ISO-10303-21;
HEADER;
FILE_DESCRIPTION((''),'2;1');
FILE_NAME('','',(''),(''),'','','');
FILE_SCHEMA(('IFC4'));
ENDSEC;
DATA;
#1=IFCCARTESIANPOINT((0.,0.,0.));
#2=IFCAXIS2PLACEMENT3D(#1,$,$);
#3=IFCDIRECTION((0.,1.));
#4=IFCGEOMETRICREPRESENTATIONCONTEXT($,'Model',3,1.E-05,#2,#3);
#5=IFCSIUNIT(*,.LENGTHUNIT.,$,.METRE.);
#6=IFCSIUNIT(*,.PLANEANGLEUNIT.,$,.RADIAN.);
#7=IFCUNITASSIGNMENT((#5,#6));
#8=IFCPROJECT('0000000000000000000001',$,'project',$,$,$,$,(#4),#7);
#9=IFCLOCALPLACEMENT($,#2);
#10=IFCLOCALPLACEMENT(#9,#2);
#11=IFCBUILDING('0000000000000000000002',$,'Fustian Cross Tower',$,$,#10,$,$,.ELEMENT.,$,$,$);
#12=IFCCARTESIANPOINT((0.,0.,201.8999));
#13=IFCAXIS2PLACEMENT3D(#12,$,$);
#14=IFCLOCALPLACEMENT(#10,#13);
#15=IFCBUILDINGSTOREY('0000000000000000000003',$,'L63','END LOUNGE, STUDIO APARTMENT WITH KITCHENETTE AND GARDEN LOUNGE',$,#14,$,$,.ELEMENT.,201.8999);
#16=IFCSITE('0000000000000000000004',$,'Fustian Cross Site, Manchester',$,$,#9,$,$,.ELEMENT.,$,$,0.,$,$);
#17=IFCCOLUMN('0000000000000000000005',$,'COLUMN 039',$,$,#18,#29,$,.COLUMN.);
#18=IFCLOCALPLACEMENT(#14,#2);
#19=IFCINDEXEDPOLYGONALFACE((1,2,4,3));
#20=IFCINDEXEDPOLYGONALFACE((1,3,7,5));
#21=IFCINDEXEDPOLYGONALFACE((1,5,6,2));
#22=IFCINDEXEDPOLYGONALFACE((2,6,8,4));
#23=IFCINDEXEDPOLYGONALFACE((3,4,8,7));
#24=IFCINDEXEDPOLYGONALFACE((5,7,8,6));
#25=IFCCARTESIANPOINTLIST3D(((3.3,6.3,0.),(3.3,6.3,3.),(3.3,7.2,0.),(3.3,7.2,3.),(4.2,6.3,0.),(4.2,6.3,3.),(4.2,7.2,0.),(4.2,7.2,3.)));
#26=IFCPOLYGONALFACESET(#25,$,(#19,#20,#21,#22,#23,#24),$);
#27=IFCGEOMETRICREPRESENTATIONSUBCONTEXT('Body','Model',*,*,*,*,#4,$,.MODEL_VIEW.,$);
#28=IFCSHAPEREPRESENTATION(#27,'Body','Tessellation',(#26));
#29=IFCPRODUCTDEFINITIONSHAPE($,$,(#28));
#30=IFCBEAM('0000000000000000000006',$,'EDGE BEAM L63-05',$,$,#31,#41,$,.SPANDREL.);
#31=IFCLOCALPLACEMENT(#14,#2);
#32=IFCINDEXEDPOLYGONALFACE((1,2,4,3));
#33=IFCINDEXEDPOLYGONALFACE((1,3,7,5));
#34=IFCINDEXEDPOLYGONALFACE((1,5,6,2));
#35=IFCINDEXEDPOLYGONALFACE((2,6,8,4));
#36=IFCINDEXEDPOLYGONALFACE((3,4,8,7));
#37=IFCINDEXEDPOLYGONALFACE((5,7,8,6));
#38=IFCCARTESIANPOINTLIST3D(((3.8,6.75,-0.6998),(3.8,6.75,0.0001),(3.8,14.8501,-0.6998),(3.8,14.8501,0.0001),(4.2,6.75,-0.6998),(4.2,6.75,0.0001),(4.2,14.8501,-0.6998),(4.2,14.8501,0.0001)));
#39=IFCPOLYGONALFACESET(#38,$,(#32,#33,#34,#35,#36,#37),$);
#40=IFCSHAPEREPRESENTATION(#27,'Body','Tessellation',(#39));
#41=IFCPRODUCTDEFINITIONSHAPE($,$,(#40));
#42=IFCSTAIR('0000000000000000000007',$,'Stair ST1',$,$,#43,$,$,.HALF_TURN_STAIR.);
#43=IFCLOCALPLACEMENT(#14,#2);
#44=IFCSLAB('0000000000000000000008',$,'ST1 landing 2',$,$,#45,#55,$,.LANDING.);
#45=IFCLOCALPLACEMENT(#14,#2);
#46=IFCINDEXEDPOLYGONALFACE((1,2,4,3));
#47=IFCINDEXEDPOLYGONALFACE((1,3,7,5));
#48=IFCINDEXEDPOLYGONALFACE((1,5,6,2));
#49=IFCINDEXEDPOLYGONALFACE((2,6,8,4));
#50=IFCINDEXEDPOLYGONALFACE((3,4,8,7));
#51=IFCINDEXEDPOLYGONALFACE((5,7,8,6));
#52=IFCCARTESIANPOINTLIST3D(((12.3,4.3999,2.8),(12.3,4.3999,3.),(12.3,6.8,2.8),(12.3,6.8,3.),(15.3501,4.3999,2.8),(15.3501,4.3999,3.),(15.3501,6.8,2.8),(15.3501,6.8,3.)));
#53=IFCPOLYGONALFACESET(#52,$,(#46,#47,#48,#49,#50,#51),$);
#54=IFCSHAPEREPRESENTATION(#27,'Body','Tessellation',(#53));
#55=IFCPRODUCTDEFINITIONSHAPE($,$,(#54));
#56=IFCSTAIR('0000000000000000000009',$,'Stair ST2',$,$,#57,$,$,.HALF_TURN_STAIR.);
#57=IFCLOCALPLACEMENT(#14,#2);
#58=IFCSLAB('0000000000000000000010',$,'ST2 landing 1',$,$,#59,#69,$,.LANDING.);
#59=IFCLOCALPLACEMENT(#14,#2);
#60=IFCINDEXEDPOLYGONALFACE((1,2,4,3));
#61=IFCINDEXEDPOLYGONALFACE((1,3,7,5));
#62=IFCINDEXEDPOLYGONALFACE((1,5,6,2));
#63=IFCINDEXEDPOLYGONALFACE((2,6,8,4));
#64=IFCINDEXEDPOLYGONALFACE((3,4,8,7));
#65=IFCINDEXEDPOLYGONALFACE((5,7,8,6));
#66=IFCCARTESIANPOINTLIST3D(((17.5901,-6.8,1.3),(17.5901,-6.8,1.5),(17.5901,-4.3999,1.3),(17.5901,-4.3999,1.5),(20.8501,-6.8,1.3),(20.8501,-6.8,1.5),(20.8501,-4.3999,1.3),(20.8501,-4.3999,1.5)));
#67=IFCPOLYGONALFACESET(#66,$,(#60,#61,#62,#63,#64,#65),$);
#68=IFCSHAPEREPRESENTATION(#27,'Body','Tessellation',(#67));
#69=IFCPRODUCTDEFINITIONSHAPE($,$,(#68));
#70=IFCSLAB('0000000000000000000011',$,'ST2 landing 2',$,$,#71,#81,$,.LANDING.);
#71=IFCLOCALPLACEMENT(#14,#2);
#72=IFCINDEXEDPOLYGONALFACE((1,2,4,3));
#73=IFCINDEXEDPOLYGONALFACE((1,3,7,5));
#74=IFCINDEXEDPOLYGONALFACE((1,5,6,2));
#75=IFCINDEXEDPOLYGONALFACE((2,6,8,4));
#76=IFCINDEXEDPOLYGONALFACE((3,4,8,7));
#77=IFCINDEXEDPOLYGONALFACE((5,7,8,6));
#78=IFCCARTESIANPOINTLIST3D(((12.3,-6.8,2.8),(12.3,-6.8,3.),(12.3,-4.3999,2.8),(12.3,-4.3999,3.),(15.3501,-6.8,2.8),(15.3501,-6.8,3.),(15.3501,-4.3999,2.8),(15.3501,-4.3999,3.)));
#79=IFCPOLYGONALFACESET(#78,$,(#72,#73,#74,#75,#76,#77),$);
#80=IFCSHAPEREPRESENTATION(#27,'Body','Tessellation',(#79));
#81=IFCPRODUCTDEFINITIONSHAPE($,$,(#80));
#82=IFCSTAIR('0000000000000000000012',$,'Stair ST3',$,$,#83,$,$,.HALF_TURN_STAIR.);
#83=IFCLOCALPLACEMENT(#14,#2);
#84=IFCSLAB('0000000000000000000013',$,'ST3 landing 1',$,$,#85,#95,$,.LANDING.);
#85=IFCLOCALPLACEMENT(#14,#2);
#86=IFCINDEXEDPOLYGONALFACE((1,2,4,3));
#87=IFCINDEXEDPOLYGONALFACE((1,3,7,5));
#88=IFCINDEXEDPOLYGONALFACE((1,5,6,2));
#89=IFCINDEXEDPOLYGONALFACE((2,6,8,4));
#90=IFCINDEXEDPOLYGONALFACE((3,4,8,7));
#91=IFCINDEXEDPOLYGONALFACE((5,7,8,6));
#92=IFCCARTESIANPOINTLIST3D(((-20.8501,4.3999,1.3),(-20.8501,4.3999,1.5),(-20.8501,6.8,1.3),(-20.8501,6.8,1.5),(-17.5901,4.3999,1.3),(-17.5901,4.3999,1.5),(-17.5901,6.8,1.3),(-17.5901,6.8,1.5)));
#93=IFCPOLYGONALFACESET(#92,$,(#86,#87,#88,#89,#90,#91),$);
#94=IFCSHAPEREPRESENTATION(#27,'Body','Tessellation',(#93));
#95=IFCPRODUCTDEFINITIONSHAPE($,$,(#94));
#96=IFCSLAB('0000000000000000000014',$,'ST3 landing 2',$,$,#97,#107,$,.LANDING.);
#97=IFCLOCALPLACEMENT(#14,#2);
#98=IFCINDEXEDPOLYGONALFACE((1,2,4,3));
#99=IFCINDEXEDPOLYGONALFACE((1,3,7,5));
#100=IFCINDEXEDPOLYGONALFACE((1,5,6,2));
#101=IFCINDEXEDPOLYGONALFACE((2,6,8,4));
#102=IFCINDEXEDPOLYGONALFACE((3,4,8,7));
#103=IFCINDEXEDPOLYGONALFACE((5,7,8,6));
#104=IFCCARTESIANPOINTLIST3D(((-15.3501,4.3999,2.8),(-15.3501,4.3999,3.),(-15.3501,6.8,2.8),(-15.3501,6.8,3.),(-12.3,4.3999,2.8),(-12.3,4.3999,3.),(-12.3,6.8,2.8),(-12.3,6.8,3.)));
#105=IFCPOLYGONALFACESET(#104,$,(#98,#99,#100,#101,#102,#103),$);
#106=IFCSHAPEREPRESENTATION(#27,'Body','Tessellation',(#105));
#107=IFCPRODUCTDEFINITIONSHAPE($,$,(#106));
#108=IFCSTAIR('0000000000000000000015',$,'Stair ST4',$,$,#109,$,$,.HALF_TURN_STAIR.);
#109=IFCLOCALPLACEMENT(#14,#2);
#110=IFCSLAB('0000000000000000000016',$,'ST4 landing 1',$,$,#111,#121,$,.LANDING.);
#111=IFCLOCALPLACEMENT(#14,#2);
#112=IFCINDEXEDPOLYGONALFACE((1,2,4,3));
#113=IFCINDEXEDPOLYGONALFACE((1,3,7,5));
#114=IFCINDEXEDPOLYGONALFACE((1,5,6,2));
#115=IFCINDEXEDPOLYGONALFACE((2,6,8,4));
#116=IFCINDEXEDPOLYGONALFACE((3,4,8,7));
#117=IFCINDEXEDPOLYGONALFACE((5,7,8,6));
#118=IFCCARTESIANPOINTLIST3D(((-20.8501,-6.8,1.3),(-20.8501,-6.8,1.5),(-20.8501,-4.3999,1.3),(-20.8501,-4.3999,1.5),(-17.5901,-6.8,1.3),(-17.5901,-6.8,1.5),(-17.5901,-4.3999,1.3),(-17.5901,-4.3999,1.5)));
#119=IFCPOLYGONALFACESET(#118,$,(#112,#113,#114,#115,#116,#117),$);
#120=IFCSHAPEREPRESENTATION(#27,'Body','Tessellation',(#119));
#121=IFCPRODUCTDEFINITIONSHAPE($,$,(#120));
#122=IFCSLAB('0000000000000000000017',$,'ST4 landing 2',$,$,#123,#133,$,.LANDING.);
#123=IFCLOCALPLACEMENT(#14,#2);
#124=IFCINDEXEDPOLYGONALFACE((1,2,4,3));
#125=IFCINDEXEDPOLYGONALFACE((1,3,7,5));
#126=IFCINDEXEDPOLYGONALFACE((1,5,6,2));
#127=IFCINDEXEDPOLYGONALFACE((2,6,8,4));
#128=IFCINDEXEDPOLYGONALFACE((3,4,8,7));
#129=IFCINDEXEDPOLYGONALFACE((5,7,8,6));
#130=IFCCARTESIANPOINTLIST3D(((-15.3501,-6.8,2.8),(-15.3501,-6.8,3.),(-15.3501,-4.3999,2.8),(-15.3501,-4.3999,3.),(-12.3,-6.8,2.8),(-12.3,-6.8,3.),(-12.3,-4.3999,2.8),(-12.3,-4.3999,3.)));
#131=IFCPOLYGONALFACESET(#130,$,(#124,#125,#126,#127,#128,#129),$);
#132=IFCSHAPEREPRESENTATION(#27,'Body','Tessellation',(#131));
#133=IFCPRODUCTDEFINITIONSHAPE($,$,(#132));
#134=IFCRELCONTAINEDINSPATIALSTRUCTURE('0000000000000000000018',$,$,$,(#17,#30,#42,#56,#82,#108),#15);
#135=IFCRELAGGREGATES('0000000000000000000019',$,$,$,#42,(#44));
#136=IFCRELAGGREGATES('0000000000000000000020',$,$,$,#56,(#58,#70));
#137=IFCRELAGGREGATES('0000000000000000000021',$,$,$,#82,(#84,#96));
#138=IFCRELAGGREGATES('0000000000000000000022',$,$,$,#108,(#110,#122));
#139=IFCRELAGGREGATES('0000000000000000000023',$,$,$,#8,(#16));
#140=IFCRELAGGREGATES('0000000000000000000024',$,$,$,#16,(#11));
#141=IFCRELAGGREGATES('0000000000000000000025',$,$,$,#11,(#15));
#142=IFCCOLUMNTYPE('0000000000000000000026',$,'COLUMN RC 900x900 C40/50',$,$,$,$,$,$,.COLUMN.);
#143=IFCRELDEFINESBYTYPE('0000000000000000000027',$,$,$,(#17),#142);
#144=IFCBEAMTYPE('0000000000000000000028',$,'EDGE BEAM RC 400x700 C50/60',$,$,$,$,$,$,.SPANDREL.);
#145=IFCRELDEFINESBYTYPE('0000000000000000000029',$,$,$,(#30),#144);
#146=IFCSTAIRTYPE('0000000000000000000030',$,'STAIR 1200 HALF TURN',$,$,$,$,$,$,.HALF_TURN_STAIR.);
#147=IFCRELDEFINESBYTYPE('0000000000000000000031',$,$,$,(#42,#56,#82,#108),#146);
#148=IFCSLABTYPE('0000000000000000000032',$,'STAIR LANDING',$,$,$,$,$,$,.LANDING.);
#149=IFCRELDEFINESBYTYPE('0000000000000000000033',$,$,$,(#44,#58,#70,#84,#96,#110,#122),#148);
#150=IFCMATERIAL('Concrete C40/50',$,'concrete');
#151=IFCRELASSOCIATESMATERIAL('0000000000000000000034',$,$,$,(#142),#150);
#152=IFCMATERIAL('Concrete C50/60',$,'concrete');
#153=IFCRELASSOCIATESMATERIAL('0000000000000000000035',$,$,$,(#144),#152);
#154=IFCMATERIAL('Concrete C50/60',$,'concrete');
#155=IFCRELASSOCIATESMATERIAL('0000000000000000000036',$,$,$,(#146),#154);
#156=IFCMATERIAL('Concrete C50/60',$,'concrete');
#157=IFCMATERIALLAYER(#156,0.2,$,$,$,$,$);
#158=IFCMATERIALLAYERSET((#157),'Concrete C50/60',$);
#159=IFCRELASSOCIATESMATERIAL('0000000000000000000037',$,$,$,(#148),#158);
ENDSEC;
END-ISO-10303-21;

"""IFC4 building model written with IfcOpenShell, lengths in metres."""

from ifc_helpers import new_model, si_unit, direction, frame, origin, origin_2d, place, context, subcontext, project, spatial, polyline, rectangle, outline, extrude, material, layer, layer_set, material_profile, profile_set, type_object, element, aggregate, save


model = new_model("IFC4")

# Units and contexts
model_context = context("Model", 3, precision=1e-05, world=origin(), true_north=direction((0.0, 1.0)))
body_context = subcontext(model_context, "Body", "Model", "MODEL_VIEW")
ifc_project = project(units=[si_unit("LENGTHUNIT", "METRE"), si_unit("PLANEANGLEUNIT", "RADIAN")], contexts=[model_context])

# Site, building, storey
site_placement = place(None, origin())
site = spatial("IfcSite", under=ifc_project, at=site_placement, Name="Fustian Cross Site, Manchester", CompositionType="ELEMENT", RefElevation=0.0)
building_placement = place(site_placement, origin())
building = spatial("IfcBuilding", under=site, at=building_placement, Name="Fustian Cross Tower", CompositionType="ELEMENT")
storey_placement = place(building_placement, frame((0.0, 0.0, 201.8999)))
storey = spatial("IfcBuildingStorey", under=building, at=storey_placement, Name="L63", Description="END LOUNGE, STUDIO APARTMENT WITH KITCHENETTE AND GARDEN LOUNGE", CompositionType="ELEMENT", Elevation=201.8999)

# Column
ifc_material_1 = material(Name="Concrete C40/50", Category="concrete")
ifc_material_profile_1 = material_profile(ifc_material_1, rectangle(XDim=0.8999, YDim=0.8999, at=origin_2d()), Name="RC 900x900")
ifc_profile_set_1 = profile_set([ifc_material_profile_1], Name="Concrete C40/50")
column_type = type_object("IfcColumnType", Name="COLUMN RC 900x900 C40/50", PredefinedType="COLUMN", material=ifc_profile_set_1)
column_placement = place(storey_placement, frame((3.75, 6.75, 0.0), z_axis=(0.0, 0.0, 1.0), x_axis=(1.0, 0.0, 0.0)))
element("IfcColumn", 1, at=column_placement, inside=storey, type_object=column_type, Name="COLUMN 039", PredefinedType="COLUMN", context=body_context, shape_type="SweptSolid", body=[
    extrude(rectangle(XDim=0.8999, YDim=0.8999, at=origin_2d()), origin(), (0.0, 0.0, 1.0), 3.0),
])

# Beam
ifc_material_2 = material(Name="Concrete C50/60", Category="concrete")
ifc_material_profile_2 = material_profile(ifc_material_2, rectangle(XDim=0.3999, YDim=0.7, at=origin_2d()), Name="RC 400x700")
ifc_profile_set_2 = profile_set([ifc_material_profile_2], Name="Concrete C50/60")
beam_type = type_object("IfcBeamType", Name="EDGE BEAM RC 400x700 C50/60", PredefinedType="SPANDREL", material=ifc_profile_set_2)
beam_placement = place(storey_placement, frame((4.0, 6.75, -0.3499), z_axis=(0.0, 1.0, 0.0), x_axis=(-1.0, 0.0, 0.0)))
element("IfcBeam", 2, at=beam_placement, inside=storey, type_object=beam_type, Name="EDGE BEAM L63-05", PredefinedType="SPANDREL", context=body_context, shape_type="SweptSolid", body=[
    extrude(rectangle(XDim=0.3999, YDim=0.7, at=origin_2d()), origin(), (0.0, 0.0, 1.0), 8.1001),
])

# Stair, slab
ifc_material_3 = material(Name="Concrete C50/60", Category="concrete")
stair_type = type_object("IfcStairType", Name="STAIR 1200 HALF TURN", PredefinedType="HALF_TURN_STAIR", material=ifc_material_3)
stair_1_placement = place(storey_placement, origin())
stair_1 = element("IfcStair", 3, at=stair_1_placement, inside=storey, type_object=stair_type, Name="Stair ST1", PredefinedType="HALF_TURN_STAIR")
ifc_material_4 = material(Name="Concrete C50/60", Category="concrete")
ifc_layer_1 = layer(ifc_material_4, 0.2)
ifc_layer_set_1 = layer_set([ifc_layer_1], Name="Concrete C50/60")
slab_type = type_object("IfcSlabType", Name="STAIR LANDING", PredefinedType="LANDING", material=ifc_layer_set_1)
slab_1_placement = place(storey_placement, frame((0.0, 0.0, 2.8)))
slab_1 = element("IfcSlab", 4, at=slab_1_placement, type_object=slab_type, Name="ST1 landing 2", PredefinedType="LANDING", context=body_context, shape_type="SweptSolid", body=[
    extrude(outline(polyline([(12.3, 4.3999), (15.3501, 4.3999), (15.3501, 6.8), (12.3, 6.8), (12.3, 4.3999)])), origin(), (0.0, 0.0, 1.0), 0.2),
])
aggregate(stair_1, [slab_1])

# Stairs, slabs
stair_2_placement = place(storey_placement, origin())
stair_2 = element("IfcStair", 5, at=stair_2_placement, inside=storey, type_object=stair_type, Name="Stair ST2", PredefinedType="HALF_TURN_STAIR")
slab_2_placement = place(storey_placement, frame((0.0, 0.0, 1.3)))
slab_2 = element("IfcSlab", 6, at=slab_2_placement, type_object=slab_type, Name="ST2 landing 1", PredefinedType="LANDING", context=body_context, shape_type="SweptSolid", body=[
    extrude(outline(polyline([(17.5901, -4.3999), (20.8501, -4.3999), (20.8501, -6.8), (17.5901, -6.8), (17.5901, -4.3999)])), origin(), (0.0, 0.0, 1.0), 0.2),
])
slab_3_placement = place(storey_placement, frame((0.0, 0.0, 2.8)))
slab_3 = element("IfcSlab", 7, at=slab_3_placement, type_object=slab_type, Name="ST2 landing 2", PredefinedType="LANDING", context=body_context, shape_type="SweptSolid", body=[
    extrude(outline(polyline([(12.3, -4.3999), (15.3501, -4.3999), (15.3501, -6.8), (12.3, -6.8), (12.3, -4.3999)])), origin(), (0.0, 0.0, 1.0), 0.2),
])
aggregate(stair_2, [slab_2, slab_3])
stair_3_placement = place(storey_placement, origin())
stair_3 = element("IfcStair", 8, at=stair_3_placement, inside=storey, type_object=stair_type, Name="Stair ST3", PredefinedType="HALF_TURN_STAIR")
slab_4_placement = place(storey_placement, frame((0.0, 0.0, 1.3)))
slab_4 = element("IfcSlab", 9, at=slab_4_placement, type_object=slab_type, Name="ST3 landing 1", PredefinedType="LANDING", context=body_context, shape_type="SweptSolid", body=[
    extrude(outline(polyline([(-17.5901, 4.3999), (-20.8501, 4.3999), (-20.8501, 6.8), (-17.5901, 6.8), (-17.5901, 4.3999)])), origin(), (0.0, 0.0, 1.0), 0.2),
])
slab_5_placement = place(storey_placement, frame((0.0, 0.0, 2.8)))
slab_5 = element("IfcSlab", 10, at=slab_5_placement, type_object=slab_type, Name="ST3 landing 2", PredefinedType="LANDING", context=body_context, shape_type="SweptSolid", body=[
    extrude(outline(polyline([(-12.3, 4.3999), (-15.3501, 4.3999), (-15.3501, 6.8), (-12.3, 6.8), (-12.3, 4.3999)])), origin(), (0.0, 0.0, 1.0), 0.2),
])
aggregate(stair_3, [slab_4, slab_5])
stair_4_placement = place(storey_placement, origin())
stair_4 = element("IfcStair", 11, at=stair_4_placement, inside=storey, type_object=stair_type, Name="Stair ST4", PredefinedType="HALF_TURN_STAIR")
slab_6_placement = place(storey_placement, frame((0.0, 0.0, 1.3)))
slab_6 = element("IfcSlab", 12, at=slab_6_placement, type_object=slab_type, Name="ST4 landing 1", PredefinedType="LANDING", context=body_context, shape_type="SweptSolid", body=[
    extrude(outline(polyline([(-17.5901, -4.3999), (-20.8501, -4.3999), (-20.8501, -6.8), (-17.5901, -6.8), (-17.5901, -4.3999)])), origin(), (0.0, 0.0, 1.0), 0.2),
])
slab_7_placement = place(storey_placement, frame((0.0, 0.0, 2.8)))
slab_7 = element("IfcSlab", 13, at=slab_7_placement, type_object=slab_type, Name="ST4 landing 2", PredefinedType="LANDING", context=body_context, shape_type="SweptSolid", body=[
    extrude(outline(polyline([(-12.3, -4.3999), (-15.3501, -4.3999), (-15.3501, -6.8), (-12.3, -6.8), (-12.3, -4.3999)])), origin(), (0.0, 0.0, 1.0), 0.2),
])
aggregate(stair_4, [slab_6, slab_7])

save(model, "model.ifc")
